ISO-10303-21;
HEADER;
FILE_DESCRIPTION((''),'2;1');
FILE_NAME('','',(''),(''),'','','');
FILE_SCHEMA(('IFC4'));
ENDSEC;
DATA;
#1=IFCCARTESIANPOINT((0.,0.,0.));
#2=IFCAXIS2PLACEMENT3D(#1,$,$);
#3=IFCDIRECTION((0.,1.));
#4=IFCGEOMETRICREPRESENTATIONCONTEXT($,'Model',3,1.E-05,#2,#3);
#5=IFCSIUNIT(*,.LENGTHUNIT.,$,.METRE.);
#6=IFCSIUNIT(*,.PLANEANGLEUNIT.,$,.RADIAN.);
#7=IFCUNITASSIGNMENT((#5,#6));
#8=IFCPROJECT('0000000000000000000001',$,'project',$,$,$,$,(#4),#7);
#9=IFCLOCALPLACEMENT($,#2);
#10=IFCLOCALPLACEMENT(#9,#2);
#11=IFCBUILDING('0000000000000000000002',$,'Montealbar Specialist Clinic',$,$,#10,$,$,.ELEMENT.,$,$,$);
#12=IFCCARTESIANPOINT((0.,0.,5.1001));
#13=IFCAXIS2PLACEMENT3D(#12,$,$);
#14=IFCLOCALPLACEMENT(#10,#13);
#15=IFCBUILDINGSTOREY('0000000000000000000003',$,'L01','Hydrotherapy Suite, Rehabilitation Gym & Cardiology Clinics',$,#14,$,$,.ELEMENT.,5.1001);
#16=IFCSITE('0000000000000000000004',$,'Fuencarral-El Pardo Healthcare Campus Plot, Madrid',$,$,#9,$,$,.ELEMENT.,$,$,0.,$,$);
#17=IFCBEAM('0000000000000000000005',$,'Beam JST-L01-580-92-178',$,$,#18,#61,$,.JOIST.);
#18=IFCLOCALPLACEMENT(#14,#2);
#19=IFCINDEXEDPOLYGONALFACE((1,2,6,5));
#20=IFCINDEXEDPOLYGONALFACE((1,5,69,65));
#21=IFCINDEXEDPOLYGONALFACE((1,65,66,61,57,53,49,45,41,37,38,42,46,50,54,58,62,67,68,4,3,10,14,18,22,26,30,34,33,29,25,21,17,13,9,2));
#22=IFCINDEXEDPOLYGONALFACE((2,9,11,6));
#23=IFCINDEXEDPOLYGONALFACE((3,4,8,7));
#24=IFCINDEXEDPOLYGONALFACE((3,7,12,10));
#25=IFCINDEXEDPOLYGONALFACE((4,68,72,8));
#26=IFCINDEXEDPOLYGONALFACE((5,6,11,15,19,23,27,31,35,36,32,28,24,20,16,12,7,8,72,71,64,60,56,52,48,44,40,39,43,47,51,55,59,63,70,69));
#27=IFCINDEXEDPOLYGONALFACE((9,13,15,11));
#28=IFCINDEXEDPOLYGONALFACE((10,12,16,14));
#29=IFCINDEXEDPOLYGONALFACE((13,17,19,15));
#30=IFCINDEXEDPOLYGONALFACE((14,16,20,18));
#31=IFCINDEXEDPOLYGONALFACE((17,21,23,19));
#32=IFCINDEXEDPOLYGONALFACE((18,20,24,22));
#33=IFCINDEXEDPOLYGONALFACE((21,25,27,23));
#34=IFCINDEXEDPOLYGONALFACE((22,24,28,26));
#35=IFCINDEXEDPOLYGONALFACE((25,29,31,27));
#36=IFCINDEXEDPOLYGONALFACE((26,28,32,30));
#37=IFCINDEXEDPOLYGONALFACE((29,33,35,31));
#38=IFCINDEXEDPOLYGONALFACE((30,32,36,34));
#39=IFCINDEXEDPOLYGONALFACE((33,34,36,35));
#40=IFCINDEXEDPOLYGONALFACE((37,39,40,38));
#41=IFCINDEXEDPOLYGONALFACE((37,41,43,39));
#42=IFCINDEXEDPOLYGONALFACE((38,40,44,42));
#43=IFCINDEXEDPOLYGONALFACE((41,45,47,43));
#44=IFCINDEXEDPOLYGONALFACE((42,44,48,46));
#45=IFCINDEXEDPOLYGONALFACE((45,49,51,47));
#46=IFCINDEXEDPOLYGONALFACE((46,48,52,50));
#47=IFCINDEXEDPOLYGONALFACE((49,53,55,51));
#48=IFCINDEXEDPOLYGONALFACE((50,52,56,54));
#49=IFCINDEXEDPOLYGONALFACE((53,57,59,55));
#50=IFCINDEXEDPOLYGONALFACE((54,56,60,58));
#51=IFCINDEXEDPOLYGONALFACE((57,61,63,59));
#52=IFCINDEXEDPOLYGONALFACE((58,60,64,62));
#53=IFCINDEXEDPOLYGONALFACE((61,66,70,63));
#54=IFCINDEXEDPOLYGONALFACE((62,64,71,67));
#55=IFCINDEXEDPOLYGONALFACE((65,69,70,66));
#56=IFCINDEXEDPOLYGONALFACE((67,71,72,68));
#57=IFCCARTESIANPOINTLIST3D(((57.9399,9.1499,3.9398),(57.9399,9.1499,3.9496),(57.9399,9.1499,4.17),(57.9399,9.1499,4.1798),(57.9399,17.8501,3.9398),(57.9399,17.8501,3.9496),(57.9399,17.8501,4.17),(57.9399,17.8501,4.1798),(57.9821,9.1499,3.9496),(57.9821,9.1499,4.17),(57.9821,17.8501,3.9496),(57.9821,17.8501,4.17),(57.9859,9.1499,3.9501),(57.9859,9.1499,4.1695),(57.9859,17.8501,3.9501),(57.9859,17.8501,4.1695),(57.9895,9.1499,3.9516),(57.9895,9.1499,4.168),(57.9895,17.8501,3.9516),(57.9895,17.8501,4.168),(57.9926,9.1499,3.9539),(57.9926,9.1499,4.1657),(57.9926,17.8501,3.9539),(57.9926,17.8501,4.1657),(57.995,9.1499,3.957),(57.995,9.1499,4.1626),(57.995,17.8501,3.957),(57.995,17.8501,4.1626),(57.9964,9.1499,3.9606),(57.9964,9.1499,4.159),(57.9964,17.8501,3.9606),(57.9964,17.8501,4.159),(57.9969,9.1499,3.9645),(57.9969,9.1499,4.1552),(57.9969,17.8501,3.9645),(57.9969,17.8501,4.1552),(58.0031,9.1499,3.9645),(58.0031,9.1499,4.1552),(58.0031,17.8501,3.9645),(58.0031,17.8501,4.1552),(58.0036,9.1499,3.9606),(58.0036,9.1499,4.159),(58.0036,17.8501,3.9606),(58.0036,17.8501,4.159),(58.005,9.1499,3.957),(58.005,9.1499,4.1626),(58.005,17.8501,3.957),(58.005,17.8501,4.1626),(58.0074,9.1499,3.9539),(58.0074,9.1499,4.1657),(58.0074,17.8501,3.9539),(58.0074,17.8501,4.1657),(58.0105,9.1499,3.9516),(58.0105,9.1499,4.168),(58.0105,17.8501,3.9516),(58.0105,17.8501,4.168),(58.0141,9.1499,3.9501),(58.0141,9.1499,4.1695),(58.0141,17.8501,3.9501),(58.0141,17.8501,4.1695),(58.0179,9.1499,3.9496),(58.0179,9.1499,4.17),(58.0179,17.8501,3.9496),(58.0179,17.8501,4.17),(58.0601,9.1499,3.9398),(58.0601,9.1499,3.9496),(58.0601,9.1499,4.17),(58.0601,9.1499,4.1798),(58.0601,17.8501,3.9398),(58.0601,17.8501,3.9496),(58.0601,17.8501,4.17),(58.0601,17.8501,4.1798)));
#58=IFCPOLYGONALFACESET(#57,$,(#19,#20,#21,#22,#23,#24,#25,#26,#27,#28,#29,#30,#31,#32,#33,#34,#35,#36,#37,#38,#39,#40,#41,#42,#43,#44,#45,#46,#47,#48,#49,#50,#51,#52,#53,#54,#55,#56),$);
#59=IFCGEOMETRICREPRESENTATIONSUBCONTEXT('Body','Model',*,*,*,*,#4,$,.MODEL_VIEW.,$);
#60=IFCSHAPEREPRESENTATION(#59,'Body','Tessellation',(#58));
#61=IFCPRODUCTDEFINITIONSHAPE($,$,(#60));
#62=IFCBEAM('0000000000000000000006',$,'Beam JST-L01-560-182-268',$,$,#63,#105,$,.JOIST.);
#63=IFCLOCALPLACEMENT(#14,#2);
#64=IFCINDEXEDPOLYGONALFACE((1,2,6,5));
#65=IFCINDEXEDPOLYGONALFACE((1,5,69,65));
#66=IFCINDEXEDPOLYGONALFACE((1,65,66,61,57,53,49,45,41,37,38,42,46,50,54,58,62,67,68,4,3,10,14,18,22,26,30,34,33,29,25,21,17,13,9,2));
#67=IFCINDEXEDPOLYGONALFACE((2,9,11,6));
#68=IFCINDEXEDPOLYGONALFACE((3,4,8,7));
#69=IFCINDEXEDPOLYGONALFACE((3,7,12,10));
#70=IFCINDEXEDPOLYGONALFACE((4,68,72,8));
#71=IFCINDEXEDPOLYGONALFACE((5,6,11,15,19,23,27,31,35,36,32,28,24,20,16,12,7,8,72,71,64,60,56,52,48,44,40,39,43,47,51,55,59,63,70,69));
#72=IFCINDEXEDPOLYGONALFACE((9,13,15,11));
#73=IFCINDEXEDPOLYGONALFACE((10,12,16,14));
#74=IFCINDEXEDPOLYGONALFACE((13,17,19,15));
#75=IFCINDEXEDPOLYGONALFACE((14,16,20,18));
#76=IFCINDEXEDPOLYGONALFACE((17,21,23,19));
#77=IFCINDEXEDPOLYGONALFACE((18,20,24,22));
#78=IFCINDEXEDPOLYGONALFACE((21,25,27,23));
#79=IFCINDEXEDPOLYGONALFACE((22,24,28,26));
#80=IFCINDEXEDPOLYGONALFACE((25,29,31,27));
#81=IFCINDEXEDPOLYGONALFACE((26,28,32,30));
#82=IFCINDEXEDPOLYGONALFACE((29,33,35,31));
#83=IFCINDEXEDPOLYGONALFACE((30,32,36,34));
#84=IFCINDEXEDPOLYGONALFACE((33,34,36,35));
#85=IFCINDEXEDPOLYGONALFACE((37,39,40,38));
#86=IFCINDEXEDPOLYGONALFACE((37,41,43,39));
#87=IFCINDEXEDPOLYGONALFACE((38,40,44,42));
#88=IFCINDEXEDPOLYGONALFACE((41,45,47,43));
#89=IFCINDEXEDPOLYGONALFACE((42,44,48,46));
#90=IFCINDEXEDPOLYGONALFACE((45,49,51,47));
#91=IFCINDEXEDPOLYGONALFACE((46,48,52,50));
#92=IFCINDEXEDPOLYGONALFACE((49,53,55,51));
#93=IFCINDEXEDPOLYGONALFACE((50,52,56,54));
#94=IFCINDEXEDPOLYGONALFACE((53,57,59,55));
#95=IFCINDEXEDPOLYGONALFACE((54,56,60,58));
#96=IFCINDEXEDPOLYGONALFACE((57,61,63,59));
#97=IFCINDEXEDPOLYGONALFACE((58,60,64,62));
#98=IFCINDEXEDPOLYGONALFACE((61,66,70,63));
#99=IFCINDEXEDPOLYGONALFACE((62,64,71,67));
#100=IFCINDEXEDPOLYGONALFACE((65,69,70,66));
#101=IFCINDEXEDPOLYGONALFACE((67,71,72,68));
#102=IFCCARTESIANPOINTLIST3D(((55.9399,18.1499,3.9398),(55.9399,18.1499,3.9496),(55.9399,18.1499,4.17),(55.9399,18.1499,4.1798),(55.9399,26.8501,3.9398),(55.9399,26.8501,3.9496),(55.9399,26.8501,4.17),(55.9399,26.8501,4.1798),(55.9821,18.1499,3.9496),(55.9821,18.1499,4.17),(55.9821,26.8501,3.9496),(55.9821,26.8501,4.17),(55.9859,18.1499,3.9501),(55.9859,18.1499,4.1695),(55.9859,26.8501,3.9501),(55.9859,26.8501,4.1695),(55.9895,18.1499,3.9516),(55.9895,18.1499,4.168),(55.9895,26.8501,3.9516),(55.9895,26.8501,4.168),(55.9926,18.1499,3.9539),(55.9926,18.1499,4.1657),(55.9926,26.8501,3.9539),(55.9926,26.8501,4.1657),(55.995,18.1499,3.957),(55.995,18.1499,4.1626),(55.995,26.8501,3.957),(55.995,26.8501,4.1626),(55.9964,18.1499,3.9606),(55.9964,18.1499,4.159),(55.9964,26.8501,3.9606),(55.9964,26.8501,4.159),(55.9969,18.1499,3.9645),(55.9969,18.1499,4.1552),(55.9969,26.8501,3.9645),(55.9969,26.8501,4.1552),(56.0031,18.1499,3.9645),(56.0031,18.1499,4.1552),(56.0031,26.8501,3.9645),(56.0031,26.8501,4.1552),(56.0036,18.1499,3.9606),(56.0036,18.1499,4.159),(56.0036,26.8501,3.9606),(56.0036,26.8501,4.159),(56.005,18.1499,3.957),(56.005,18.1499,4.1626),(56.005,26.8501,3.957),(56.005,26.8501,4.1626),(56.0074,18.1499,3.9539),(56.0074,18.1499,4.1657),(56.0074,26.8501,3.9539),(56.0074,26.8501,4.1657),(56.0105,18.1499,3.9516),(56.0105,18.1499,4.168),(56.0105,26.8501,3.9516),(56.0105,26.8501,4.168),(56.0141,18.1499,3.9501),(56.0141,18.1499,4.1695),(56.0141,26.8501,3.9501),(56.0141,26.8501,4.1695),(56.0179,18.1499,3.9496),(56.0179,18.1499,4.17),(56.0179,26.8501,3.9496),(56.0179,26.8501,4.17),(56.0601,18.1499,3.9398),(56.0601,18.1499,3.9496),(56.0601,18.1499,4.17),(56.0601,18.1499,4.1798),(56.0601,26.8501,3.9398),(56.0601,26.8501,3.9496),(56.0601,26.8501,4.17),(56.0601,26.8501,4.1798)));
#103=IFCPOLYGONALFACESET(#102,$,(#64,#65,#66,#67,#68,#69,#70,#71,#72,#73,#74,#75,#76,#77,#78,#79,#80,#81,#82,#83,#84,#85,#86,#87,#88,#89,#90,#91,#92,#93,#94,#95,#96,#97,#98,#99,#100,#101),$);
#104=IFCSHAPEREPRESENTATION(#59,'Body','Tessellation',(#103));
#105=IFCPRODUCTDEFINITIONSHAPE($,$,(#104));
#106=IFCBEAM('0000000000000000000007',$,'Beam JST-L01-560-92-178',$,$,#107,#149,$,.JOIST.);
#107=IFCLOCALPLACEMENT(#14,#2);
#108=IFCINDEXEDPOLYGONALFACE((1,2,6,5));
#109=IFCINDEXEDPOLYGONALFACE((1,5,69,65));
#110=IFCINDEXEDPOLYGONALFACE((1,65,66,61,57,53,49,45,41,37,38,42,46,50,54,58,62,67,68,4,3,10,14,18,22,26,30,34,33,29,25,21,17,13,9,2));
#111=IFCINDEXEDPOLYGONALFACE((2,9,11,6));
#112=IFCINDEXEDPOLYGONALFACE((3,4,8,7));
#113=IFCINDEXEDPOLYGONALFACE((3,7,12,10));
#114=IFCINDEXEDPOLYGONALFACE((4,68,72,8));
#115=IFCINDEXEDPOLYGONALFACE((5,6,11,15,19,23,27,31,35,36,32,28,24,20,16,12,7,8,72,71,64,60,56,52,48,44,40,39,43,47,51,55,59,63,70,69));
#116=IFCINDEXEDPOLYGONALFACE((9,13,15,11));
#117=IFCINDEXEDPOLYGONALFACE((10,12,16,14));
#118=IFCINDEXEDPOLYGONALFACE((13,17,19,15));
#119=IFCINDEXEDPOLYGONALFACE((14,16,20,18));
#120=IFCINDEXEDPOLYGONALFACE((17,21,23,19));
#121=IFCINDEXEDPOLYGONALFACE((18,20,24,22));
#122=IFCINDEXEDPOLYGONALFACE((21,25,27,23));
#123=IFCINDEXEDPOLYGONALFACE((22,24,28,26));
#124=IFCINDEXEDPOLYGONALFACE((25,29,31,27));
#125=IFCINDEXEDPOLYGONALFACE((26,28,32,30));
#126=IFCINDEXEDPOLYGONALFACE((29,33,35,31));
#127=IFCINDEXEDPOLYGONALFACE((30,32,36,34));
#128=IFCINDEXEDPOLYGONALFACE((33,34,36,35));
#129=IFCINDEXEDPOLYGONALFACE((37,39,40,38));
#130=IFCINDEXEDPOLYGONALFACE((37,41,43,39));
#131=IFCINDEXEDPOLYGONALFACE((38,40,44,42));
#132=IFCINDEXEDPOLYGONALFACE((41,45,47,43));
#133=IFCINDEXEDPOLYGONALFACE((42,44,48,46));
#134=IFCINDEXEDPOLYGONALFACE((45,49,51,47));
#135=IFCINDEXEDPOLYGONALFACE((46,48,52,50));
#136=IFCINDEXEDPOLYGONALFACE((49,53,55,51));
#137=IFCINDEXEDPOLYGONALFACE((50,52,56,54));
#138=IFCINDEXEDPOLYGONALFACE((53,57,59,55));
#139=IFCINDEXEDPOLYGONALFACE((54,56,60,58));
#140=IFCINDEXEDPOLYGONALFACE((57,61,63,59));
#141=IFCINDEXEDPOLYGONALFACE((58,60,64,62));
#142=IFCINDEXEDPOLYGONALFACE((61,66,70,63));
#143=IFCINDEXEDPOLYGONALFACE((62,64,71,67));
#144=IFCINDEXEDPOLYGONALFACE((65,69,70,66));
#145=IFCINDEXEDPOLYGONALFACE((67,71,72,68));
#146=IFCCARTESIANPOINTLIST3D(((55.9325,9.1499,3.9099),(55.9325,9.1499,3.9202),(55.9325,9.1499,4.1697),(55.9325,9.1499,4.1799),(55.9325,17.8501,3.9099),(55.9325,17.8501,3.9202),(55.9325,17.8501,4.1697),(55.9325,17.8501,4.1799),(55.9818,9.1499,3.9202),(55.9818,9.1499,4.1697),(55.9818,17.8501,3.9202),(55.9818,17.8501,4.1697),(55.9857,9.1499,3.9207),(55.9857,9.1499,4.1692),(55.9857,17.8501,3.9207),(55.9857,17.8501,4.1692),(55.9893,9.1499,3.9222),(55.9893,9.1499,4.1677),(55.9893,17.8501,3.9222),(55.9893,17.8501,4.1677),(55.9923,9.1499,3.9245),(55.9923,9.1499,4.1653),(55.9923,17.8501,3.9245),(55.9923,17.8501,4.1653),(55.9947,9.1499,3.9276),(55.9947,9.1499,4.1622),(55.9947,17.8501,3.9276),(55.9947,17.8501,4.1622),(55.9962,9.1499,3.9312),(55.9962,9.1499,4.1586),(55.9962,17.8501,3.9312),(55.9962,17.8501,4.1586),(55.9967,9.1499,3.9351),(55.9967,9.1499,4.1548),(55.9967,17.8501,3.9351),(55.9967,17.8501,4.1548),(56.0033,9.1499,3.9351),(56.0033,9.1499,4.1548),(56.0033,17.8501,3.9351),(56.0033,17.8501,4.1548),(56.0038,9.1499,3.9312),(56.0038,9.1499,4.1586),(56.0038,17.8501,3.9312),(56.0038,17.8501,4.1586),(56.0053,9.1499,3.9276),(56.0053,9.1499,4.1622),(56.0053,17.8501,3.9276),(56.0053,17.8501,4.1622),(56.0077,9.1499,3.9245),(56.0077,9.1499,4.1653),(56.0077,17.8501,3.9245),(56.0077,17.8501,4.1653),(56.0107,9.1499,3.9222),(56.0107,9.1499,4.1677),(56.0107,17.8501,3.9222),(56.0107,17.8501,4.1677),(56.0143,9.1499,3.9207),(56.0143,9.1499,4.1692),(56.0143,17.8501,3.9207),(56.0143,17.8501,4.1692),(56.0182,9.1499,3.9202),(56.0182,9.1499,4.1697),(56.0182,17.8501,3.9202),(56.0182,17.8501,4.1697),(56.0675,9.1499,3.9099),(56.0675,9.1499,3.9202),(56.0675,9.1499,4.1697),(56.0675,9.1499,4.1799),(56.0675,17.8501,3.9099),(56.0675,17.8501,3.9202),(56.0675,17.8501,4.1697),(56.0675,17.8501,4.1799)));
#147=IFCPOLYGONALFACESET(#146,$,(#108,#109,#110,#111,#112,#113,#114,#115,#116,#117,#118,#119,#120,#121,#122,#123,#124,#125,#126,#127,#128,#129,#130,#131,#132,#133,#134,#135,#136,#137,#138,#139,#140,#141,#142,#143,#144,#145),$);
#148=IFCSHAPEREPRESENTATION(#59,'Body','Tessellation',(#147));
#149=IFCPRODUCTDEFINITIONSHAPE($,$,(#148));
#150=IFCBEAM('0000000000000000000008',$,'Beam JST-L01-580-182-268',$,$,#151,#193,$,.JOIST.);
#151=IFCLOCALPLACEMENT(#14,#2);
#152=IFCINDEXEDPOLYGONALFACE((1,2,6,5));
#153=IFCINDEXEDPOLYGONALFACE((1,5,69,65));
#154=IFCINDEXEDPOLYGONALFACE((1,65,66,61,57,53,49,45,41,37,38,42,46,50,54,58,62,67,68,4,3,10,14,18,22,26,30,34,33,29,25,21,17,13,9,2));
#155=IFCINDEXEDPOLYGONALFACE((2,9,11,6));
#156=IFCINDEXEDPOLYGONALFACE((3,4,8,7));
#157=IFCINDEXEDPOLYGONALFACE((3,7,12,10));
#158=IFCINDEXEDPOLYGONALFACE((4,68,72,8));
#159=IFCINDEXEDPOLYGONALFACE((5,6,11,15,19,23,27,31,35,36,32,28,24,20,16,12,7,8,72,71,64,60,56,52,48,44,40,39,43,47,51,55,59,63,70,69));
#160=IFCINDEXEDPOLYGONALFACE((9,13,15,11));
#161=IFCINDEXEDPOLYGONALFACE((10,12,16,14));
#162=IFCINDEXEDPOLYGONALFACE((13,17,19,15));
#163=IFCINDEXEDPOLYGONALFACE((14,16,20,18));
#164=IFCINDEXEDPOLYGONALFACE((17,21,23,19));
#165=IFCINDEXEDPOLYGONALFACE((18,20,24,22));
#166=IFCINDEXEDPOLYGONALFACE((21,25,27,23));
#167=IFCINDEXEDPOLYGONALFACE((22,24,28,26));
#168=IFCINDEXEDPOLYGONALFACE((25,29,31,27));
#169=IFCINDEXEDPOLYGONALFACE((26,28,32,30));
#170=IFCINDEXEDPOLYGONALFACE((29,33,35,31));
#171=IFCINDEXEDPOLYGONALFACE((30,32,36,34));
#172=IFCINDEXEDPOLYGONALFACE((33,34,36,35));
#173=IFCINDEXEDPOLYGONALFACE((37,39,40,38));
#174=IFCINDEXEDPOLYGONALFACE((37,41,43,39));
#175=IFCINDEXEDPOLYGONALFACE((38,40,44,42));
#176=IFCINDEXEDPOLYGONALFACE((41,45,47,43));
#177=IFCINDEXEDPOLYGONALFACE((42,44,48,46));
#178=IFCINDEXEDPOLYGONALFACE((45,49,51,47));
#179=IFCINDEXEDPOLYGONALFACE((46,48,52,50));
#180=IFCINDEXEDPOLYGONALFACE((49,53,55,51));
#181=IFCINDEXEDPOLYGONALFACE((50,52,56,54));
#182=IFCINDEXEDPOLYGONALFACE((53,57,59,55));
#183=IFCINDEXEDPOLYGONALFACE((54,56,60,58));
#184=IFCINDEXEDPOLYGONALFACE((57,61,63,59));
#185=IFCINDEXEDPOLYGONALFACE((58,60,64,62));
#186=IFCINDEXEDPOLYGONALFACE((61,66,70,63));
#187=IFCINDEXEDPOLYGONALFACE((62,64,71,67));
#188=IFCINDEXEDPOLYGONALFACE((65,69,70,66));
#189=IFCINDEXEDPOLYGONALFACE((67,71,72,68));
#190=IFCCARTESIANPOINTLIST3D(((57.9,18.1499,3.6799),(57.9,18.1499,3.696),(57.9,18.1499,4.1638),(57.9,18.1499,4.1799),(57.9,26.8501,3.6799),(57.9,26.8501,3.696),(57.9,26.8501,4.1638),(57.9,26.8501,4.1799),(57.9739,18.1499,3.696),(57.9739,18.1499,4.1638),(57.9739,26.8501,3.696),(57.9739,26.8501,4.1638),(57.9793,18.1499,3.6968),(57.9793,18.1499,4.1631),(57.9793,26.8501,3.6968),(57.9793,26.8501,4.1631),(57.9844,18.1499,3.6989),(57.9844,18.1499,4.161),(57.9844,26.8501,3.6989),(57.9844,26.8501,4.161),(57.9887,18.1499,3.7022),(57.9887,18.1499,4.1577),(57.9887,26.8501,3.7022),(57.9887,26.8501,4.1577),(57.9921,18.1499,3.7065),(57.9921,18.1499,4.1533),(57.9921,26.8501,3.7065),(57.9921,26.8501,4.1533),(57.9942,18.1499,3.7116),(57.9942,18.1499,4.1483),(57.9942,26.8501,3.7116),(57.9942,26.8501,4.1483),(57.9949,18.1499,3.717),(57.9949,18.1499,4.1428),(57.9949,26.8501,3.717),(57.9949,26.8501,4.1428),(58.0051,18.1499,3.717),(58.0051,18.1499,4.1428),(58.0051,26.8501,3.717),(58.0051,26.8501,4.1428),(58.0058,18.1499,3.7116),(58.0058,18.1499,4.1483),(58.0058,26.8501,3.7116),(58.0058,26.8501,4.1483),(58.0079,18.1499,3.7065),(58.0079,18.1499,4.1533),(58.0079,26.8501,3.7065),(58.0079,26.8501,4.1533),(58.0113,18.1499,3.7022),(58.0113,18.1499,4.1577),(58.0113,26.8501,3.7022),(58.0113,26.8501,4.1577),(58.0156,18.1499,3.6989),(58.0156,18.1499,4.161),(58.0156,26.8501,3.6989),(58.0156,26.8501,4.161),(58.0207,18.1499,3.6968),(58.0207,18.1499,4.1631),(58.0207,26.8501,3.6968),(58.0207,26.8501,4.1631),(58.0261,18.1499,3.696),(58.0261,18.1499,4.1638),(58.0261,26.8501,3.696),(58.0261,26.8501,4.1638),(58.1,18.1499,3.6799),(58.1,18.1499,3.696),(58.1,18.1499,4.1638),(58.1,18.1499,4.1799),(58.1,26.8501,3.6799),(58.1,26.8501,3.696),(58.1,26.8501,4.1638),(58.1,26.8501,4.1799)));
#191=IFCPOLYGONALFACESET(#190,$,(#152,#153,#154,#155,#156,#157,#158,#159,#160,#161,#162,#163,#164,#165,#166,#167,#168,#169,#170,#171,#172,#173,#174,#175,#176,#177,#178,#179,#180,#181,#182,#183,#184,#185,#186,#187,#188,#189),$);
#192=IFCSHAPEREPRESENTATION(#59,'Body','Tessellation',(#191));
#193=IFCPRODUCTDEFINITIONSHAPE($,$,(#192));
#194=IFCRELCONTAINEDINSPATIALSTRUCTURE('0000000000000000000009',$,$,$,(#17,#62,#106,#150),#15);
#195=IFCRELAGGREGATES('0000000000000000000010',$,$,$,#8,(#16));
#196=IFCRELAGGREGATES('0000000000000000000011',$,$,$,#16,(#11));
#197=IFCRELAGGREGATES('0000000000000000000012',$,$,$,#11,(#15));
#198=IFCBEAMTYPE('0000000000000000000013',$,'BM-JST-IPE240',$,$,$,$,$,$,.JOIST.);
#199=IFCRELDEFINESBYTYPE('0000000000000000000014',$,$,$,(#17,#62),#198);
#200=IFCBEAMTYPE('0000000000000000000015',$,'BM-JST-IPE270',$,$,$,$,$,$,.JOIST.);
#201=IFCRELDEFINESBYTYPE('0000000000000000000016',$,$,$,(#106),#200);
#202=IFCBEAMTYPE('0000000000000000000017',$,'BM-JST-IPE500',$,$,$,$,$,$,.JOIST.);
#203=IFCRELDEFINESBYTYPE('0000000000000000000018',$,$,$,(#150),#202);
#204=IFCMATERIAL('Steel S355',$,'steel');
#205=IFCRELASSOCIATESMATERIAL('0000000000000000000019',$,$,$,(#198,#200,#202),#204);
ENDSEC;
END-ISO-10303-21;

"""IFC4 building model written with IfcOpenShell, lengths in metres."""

from ifc_helpers import new_model, si_unit, direction, frame, origin, origin_2d, place, context, subcontext, project, spatial, i_section, extrude, material, material_profile, profile_set, type_object, element, save


model = new_model("IFC4")

# Units and contexts
model_context = context("Model", 3, precision=1e-05, world=origin(), true_north=direction((0.0, 1.0)))
body_context = subcontext(model_context, "Body", "Model", "MODEL_VIEW")
ifc_project = project(units=[si_unit("LENGTHUNIT", "METRE"), si_unit("PLANEANGLEUNIT", "RADIAN")], contexts=[model_context])

# Site, building, storey
site_placement = place(None, origin())
site = spatial("IfcSite", under=ifc_project, at=site_placement, Name="Fuencarral-El Pardo Healthcare Campus Plot, Madrid", CompositionType="ELEMENT", RefElevation=0.0)
building_placement = place(site_placement, origin())
building = spatial("IfcBuilding", under=site, at=building_placement, Name="Montealbar Specialist Clinic", CompositionType="ELEMENT")
storey_placement = place(building_placement, frame((0.0, 0.0, 5.1001)))
storey = spatial("IfcBuildingStorey", under=building, at=storey_placement, Name="L01", Description="Hydrotherapy Suite, Rehabilitation Gym & Cardiology Clinics", CompositionType="ELEMENT", Elevation=5.1001)

# Shared definitions
ifc_material_1 = material(Name="Steel S355", Category="steel")

# Beams
ifc_material_profile_1 = material_profile(ifc_material_1, i_section(OverallWidth=0.1201, OverallDepth=0.24, WebThickness=0.0061, FlangeThickness=0.0098, FilletRadius=0.0149, at=origin_2d()), Name="IPE 240", Category="steel")
ifc_profile_set_1 = profile_set([ifc_material_profile_1], Name="Steel S355")
beam_type_1 = type_object("IfcBeamType", Name="BM-JST-IPE240", PredefinedType="JOIST", material=ifc_profile_set_1)
for number, where, z_axis, x_axis, name in (
    (1, (58.0, 9.1499, 4.0598), (0.0, 1.0, 0.0), (-1.0, 0.0, 0.0), "Beam JST-L01-580-92-178"),
    (2, (56.0, 18.1499, 4.0598), (0.0, 1.0, 0.0), (-1.0, 0.0, 0.0), "Beam JST-L01-560-182-268"),
):
    element("IfcBeam", number, at=place(storey_placement, frame(where, z_axis=z_axis, x_axis=x_axis)), inside=storey, type_object=beam_type_1, Name=name, PredefinedType="JOIST", context=body_context, shape_type="SweptSolid", body=[
        extrude(i_section(OverallWidth=0.1201, OverallDepth=0.24, WebThickness=0.0061, FlangeThickness=0.0098, FilletRadius=0.0149, at=origin_2d()), origin(), (0.0, 0.0, 1.0), 8.7002),
    ])
ifc_material_profile_2 = material_profile(ifc_material_1, i_section(OverallWidth=0.135, OverallDepth=0.27, WebThickness=0.0066, FlangeThickness=0.0103, FilletRadius=0.0149, at=origin_2d()), Name="IPE 270", Category="steel")
ifc_profile_set_2 = profile_set([ifc_material_profile_2], Name="Steel S355")
beam_type_2 = type_object("IfcBeamType", Name="BM-JST-IPE270", PredefinedType="JOIST", material=ifc_profile_set_2)
beam_1_placement = place(storey_placement, frame((56.0, 9.1499, 4.0449), z_axis=(0.0, 1.0, 0.0), x_axis=(-1.0, 0.0, 0.0)))
element("IfcBeam", 3, at=beam_1_placement, inside=storey, type_object=beam_type_2, Name="Beam JST-L01-560-92-178", PredefinedType="JOIST", context=body_context, shape_type="SweptSolid", body=[
    extrude(i_section(OverallWidth=0.135, OverallDepth=0.27, WebThickness=0.0066, FlangeThickness=0.0103, FilletRadius=0.0149, at=origin_2d()), origin(), (0.0, 0.0, 1.0), 8.7002),
])
ifc_material_profile_3 = material_profile(ifc_material_1, i_section(OverallWidth=0.2, OverallDepth=0.5, WebThickness=0.0103, FlangeThickness=0.0161, FilletRadius=0.021, at=origin_2d()), Name="IPE 500", Category="steel")
ifc_profile_set_3 = profile_set([ifc_material_profile_3], Name="Steel S355")
beam_type_3 = type_object("IfcBeamType", Name="BM-JST-IPE500", PredefinedType="JOIST", material=ifc_profile_set_3)
beam_2_placement = place(storey_placement, frame((58.0, 18.1499, 3.9299), z_axis=(0.0, 1.0, 0.0), x_axis=(-1.0, 0.0, 0.0)))
element("IfcBeam", 4, at=beam_2_placement, inside=storey, type_object=beam_type_3, Name="Beam JST-L01-580-182-268", PredefinedType="JOIST", context=body_context, shape_type="SweptSolid", body=[
    extrude(i_section(OverallWidth=0.2, OverallDepth=0.5, WebThickness=0.0103, FlangeThickness=0.0161, FilletRadius=0.021, at=origin_2d()), origin(), (0.0, 0.0, 1.0), 8.7002),
])

save(model, "model.ifc")
